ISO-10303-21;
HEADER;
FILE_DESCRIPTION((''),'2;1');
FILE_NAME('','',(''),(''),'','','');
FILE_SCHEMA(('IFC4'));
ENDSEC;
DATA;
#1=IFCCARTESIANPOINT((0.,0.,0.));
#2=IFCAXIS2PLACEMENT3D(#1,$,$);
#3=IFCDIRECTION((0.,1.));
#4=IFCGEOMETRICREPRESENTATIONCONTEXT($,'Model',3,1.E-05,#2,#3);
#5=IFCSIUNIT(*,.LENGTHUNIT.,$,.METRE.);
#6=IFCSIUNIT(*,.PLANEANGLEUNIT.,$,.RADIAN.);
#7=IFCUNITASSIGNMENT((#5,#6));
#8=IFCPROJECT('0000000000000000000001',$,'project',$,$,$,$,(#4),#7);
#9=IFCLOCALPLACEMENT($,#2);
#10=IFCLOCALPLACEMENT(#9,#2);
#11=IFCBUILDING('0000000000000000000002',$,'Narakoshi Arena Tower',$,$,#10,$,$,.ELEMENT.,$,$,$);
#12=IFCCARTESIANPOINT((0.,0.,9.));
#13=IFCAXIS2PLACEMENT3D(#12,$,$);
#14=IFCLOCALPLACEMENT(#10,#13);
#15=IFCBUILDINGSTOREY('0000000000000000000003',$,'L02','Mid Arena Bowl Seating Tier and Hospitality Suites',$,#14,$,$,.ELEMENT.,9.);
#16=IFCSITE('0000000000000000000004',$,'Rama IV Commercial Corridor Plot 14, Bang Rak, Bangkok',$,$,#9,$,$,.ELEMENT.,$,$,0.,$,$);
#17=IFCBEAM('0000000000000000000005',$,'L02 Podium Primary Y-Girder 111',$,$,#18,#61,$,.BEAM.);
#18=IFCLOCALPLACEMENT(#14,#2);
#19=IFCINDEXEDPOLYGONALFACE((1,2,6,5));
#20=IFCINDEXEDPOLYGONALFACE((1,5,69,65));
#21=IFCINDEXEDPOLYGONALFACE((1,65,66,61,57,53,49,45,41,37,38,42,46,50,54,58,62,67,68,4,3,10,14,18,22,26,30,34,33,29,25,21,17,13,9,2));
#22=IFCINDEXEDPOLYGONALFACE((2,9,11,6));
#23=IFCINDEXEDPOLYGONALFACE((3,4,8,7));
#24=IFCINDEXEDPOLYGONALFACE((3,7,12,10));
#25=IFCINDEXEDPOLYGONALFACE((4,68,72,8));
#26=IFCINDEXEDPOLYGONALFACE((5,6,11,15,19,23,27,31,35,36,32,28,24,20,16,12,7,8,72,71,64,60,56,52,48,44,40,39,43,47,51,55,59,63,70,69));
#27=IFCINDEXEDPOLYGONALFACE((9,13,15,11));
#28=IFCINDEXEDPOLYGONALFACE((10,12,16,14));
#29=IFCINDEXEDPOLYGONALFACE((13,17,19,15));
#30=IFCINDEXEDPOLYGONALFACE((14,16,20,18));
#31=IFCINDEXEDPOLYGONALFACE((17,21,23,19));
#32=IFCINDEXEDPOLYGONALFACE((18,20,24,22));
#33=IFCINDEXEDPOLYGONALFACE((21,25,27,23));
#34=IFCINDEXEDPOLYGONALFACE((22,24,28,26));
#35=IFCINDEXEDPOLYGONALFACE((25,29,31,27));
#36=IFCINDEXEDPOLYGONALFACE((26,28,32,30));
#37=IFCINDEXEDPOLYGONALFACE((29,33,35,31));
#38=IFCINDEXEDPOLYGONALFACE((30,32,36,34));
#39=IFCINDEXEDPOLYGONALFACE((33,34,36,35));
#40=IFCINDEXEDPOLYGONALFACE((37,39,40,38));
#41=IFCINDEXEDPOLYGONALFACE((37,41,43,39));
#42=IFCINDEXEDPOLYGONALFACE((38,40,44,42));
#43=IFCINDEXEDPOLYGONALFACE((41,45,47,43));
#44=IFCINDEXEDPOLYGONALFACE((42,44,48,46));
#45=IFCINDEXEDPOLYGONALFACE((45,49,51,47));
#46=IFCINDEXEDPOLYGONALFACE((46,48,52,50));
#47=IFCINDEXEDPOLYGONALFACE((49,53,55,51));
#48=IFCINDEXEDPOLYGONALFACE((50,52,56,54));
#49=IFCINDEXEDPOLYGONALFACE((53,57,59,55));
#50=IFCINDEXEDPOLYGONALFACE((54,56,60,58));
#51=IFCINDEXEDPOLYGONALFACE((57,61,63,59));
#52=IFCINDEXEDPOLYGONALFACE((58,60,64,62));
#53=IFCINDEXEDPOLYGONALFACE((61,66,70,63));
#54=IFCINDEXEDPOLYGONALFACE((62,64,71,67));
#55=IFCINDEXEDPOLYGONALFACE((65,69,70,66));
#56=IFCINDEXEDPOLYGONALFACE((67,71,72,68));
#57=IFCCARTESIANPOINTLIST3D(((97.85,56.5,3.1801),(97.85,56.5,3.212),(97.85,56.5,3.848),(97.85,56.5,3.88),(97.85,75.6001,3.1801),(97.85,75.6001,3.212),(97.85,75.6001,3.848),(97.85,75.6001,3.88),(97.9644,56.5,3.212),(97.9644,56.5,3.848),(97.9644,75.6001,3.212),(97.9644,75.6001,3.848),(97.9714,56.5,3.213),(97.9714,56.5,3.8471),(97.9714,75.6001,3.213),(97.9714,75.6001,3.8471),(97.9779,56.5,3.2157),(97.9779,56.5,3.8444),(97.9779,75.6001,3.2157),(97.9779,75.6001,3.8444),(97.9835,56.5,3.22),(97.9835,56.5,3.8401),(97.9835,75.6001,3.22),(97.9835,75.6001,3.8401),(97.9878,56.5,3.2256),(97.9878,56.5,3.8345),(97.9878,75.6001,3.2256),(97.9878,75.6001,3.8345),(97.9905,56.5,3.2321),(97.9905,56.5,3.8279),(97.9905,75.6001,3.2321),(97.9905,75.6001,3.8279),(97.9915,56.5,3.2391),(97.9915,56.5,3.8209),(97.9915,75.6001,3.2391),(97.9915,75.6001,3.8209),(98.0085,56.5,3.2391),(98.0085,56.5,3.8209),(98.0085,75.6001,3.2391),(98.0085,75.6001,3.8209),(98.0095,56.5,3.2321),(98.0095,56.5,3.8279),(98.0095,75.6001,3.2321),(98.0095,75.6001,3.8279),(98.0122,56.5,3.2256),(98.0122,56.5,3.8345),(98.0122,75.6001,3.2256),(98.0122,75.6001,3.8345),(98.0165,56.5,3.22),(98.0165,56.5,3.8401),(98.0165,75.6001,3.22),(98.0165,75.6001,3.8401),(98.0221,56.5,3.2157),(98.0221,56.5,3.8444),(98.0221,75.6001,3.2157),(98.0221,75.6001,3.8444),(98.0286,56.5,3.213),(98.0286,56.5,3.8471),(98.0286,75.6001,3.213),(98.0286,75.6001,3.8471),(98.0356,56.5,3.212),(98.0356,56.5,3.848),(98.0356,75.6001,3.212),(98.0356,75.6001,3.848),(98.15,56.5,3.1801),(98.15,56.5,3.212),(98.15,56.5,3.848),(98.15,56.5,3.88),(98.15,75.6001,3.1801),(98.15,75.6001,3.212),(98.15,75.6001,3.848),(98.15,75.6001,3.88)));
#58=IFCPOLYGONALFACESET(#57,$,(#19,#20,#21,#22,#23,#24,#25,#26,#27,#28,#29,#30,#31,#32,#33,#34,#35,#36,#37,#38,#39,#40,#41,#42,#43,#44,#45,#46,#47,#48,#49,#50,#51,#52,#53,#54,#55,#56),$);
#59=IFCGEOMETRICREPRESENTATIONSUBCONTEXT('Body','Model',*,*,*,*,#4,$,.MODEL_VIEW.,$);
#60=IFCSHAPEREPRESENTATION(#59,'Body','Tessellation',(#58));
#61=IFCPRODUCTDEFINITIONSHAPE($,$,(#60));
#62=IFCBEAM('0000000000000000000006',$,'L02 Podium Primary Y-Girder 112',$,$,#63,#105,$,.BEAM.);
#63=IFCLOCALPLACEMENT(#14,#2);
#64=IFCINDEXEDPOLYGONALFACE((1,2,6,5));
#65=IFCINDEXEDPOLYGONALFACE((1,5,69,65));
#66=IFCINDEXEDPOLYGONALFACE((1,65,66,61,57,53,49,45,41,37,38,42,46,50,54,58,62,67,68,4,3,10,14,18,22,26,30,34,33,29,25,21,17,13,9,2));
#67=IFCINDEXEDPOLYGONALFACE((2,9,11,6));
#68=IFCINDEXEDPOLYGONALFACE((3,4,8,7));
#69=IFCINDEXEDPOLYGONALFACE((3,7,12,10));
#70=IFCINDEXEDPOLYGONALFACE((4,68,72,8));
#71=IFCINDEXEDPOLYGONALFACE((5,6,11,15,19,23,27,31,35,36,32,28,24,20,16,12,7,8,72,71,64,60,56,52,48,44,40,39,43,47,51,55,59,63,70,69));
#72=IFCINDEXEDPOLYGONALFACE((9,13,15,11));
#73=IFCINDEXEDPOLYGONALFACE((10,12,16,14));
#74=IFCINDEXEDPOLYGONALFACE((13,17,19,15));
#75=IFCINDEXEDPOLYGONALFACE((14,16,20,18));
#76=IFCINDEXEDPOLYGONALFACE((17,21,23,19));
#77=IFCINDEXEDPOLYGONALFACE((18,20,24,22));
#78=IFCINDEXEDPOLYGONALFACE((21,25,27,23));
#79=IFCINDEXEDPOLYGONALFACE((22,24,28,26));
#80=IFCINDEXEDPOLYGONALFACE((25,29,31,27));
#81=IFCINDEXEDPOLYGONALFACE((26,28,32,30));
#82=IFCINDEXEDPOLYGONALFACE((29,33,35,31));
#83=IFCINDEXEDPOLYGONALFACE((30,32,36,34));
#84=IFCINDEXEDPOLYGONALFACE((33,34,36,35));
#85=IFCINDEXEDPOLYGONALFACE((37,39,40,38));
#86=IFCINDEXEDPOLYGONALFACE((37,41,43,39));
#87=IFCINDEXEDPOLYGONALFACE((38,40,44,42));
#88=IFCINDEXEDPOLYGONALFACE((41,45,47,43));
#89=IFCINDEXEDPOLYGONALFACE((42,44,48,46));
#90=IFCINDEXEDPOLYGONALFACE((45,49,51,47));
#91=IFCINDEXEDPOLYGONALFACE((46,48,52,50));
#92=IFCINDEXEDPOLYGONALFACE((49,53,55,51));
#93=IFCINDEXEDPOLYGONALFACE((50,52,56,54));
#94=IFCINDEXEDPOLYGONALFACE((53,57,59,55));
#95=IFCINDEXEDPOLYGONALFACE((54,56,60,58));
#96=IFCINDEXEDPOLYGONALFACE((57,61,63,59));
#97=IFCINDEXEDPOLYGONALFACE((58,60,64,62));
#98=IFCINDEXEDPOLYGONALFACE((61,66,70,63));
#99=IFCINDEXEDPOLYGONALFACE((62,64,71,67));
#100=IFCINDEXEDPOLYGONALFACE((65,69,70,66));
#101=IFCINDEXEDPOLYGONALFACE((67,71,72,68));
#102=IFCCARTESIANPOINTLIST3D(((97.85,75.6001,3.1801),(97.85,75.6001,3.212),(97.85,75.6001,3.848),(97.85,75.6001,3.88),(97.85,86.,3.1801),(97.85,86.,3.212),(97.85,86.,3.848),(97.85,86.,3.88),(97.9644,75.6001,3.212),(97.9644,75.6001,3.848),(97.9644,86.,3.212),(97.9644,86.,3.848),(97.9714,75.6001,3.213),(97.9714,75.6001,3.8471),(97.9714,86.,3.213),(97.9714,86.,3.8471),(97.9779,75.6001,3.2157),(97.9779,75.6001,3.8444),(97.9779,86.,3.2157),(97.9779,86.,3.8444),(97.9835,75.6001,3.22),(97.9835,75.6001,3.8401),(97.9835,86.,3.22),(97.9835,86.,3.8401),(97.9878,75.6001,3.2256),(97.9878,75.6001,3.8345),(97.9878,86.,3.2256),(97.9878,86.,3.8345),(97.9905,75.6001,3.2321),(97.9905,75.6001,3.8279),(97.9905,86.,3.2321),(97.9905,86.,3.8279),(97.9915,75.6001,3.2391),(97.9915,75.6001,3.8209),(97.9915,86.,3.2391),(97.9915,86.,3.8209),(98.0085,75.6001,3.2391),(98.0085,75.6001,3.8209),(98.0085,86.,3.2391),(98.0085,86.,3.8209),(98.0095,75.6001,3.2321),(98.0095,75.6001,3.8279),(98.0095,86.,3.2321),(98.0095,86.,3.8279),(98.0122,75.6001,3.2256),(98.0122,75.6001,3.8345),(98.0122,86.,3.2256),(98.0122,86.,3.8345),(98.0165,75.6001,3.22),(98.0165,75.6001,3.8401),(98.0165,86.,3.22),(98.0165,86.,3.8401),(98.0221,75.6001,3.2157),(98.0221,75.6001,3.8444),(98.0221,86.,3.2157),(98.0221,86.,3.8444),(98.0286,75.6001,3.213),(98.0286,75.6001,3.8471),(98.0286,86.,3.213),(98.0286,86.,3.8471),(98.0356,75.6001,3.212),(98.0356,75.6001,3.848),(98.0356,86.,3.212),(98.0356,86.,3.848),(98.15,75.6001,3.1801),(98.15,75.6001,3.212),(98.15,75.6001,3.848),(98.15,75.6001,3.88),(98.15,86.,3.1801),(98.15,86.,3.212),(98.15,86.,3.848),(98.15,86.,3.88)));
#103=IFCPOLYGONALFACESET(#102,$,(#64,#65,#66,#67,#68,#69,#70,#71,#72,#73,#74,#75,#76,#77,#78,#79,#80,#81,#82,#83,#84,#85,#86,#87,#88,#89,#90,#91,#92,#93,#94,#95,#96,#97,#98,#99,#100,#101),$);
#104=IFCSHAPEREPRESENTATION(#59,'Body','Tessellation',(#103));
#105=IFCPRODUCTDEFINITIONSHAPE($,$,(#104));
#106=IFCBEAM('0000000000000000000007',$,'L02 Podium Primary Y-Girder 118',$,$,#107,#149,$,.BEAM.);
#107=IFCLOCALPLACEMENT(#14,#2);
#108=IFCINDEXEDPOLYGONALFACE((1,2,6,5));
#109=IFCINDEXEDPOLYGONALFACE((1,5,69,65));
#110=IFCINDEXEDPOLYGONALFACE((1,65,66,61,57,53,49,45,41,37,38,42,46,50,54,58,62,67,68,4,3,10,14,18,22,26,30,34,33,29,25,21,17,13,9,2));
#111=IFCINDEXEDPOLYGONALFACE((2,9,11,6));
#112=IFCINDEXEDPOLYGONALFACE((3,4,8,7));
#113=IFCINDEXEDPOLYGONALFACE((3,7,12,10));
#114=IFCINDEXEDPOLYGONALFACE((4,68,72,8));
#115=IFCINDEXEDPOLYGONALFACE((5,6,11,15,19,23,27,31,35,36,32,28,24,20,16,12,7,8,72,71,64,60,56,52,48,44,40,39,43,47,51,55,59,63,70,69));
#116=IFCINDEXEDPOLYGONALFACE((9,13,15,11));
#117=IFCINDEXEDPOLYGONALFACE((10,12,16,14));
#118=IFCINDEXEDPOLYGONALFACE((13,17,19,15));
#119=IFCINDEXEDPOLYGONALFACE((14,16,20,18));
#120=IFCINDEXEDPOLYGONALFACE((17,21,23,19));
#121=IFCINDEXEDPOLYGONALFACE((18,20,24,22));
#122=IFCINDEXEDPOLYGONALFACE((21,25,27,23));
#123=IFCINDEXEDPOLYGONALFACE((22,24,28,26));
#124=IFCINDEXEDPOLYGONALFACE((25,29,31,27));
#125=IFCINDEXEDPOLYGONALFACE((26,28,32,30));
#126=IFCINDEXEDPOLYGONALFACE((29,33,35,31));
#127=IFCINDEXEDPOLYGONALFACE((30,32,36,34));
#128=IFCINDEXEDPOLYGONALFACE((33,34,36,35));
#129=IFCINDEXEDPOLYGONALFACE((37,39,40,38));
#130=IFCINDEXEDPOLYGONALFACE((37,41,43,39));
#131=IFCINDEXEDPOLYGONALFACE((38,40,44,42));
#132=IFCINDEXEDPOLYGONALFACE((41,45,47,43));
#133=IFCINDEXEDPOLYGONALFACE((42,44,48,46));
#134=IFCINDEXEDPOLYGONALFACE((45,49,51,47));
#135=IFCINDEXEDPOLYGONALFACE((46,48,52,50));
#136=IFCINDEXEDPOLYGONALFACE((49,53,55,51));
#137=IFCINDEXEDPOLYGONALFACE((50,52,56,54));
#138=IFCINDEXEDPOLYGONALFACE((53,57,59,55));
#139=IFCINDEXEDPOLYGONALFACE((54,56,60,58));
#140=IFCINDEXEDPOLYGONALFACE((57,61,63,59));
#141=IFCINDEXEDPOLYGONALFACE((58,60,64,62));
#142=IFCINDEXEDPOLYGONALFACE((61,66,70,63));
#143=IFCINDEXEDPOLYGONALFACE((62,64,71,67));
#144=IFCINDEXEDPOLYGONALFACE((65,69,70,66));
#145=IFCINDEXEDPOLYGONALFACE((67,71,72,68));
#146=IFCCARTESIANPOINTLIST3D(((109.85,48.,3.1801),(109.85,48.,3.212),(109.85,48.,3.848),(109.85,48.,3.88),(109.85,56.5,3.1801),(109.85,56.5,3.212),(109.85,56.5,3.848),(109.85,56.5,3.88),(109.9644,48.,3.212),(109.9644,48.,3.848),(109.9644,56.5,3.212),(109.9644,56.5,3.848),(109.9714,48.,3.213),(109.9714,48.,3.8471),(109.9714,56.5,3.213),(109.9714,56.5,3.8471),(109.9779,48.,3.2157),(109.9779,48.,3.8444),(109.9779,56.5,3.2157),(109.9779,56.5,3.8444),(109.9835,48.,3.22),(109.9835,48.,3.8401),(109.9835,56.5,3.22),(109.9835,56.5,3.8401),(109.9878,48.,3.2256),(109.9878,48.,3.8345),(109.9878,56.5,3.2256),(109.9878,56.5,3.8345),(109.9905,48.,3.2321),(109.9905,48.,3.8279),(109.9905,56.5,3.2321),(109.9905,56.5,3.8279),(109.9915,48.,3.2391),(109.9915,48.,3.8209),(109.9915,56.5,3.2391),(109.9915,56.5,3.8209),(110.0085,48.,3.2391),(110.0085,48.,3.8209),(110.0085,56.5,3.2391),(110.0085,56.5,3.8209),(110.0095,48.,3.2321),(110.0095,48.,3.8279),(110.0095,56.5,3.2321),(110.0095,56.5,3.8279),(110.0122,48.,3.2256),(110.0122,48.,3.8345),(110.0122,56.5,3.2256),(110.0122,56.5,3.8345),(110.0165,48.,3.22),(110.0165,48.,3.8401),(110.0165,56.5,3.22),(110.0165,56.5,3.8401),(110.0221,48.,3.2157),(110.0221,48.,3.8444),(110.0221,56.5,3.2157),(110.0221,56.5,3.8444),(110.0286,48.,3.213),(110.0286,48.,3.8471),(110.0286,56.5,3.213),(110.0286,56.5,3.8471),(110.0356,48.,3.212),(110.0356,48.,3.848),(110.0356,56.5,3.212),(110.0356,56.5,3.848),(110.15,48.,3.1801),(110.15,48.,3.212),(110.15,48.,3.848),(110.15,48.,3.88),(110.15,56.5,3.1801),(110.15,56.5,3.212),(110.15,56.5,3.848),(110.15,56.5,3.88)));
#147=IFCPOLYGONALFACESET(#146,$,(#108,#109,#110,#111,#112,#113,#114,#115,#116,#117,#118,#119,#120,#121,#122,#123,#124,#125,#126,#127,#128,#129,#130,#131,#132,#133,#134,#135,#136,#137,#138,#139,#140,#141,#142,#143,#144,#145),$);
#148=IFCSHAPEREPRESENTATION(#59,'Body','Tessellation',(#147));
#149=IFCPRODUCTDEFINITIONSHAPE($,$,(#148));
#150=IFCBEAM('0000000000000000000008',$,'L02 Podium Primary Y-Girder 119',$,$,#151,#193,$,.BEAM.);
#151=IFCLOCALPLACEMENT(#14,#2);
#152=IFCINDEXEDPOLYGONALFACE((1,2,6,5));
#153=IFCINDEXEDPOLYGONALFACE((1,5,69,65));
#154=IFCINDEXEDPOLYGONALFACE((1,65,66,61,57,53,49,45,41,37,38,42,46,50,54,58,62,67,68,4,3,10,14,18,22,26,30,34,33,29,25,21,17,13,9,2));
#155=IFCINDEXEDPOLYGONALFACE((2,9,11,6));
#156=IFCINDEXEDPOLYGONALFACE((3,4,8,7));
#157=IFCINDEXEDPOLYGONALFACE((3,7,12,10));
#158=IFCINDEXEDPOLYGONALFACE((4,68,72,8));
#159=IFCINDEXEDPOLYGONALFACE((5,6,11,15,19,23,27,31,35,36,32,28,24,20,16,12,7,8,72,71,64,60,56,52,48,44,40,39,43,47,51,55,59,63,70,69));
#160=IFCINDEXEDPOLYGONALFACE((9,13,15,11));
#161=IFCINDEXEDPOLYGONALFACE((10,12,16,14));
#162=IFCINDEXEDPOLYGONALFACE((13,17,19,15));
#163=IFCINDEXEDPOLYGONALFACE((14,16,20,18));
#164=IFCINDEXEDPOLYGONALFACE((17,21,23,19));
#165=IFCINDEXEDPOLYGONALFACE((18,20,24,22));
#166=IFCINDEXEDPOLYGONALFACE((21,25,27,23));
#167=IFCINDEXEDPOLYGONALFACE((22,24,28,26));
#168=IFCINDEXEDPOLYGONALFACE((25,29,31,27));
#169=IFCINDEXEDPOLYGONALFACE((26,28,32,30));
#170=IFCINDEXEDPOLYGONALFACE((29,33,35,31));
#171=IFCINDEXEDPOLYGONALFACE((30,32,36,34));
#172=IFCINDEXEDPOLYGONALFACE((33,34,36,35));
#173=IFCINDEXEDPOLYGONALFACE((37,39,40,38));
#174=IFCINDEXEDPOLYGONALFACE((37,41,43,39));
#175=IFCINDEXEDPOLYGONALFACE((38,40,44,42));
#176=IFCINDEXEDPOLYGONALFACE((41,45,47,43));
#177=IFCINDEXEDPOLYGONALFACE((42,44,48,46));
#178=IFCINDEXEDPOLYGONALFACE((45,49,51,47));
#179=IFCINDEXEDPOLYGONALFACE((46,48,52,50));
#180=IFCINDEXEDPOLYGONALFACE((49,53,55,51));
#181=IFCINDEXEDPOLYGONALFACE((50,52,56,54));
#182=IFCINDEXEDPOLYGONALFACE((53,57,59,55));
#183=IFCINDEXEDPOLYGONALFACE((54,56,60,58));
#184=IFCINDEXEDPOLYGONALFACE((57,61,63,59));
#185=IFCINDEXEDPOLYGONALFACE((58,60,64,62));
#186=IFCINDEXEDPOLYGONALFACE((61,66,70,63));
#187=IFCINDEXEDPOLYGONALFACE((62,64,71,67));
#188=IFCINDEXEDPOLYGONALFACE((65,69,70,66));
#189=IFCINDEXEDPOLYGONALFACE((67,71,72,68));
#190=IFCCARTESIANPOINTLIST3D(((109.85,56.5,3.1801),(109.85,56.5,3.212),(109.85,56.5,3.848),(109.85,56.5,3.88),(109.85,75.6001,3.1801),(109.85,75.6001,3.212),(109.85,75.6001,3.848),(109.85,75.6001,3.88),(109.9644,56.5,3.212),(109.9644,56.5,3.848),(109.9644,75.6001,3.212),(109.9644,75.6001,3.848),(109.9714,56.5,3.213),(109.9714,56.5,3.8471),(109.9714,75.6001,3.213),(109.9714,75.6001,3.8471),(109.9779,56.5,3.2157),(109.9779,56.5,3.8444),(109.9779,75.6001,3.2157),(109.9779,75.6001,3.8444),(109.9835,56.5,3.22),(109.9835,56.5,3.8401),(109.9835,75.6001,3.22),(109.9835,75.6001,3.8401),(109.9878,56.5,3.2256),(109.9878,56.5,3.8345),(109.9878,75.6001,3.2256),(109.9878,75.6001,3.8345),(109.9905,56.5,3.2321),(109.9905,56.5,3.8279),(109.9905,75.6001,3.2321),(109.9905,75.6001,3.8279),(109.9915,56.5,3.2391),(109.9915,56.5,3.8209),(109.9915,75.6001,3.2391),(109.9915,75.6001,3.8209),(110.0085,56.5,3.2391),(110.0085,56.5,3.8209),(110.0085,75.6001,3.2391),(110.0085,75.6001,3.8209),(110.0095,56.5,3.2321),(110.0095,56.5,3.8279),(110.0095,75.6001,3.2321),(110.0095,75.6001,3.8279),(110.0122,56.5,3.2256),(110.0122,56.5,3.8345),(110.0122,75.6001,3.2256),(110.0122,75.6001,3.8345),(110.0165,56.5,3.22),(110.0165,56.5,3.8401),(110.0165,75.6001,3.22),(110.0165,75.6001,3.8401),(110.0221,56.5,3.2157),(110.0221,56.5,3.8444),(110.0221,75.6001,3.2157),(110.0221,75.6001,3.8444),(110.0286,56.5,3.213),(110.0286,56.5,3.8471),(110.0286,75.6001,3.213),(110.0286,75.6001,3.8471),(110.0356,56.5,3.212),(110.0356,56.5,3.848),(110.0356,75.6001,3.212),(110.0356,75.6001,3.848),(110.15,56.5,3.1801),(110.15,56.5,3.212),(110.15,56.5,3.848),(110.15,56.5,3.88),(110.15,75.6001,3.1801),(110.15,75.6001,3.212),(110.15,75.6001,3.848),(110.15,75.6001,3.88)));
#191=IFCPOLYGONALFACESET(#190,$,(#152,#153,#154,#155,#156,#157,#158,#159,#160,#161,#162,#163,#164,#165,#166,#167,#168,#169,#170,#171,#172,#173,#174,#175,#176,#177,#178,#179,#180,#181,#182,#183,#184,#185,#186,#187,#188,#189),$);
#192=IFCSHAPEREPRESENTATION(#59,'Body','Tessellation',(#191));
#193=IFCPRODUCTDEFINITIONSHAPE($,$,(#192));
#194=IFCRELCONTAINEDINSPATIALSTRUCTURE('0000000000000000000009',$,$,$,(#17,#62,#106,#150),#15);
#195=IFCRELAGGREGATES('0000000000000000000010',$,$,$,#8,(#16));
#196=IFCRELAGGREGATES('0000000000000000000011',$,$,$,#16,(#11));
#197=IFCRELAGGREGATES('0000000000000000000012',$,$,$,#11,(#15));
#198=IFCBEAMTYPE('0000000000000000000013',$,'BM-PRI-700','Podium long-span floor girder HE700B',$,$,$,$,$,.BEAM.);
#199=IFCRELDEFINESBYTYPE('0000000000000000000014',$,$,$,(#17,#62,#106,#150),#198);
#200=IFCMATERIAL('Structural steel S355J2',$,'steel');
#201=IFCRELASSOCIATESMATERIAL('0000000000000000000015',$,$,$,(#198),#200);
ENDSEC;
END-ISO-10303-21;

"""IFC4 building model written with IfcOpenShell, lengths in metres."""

from ifc_helpers import new_model, si_unit, direction, frame, origin, origin_2d, place, context, subcontext, project, spatial, i_section, extrude, material, material_profile, profile_set, type_object, element, save


model = new_model("IFC4")

# Units and contexts
model_context = context("Model", 3, precision=1e-05, world=origin(), true_north=direction((0.0, 1.0)))
body_context = subcontext(model_context, "Body", "Model", "MODEL_VIEW")
ifc_project = project(units=[si_unit("LENGTHUNIT", "METRE"), si_unit("PLANEANGLEUNIT", "RADIAN")], contexts=[model_context])

# Site, building, storey
site_placement = place(None, origin())
site = spatial("IfcSite", under=ifc_project, at=site_placement, Name="Rama IV Commercial Corridor Plot 14, Bang Rak, Bangkok", CompositionType="ELEMENT", RefElevation=0.0)
building_placement = place(site_placement, origin())
building = spatial("IfcBuilding", under=site, at=building_placement, Name="Narakoshi Arena Tower", CompositionType="ELEMENT")
storey_placement = place(building_placement, frame((0.0, 0.0, 9.0)))
storey = spatial("IfcBuildingStorey", under=building, at=storey_placement, Name="L02", Description="Mid Arena Bowl Seating Tier and Hospitality Suites", CompositionType="ELEMENT", Elevation=9.0)

# Beams
ifc_material_1 = material(Name="Structural steel S355J2", Category="steel")
ifc_material_profile_1 = material_profile(ifc_material_1, i_section(OverallWidth=0.3, OverallDepth=0.7, WebThickness=0.0171, FlangeThickness=0.032, FilletRadius=0.0271, at=origin_2d()), Name="HE700B")
ifc_profile_set_1 = profile_set([ifc_material_profile_1], Name="Structural steel S355J2")
beam_type_1 = type_object("IfcBeamType", Name="BM-PRI-700", Description="Podium long-span floor girder HE700B", PredefinedType="BEAM", material=ifc_profile_set_1)
beam_1_placement = place(storey_placement, frame((98.0, 56.5, 3.53), z_axis=(0.0, 1.0, 0.0), x_axis=(-1.0, 0.0, 0.0)))
element("IfcBeam", 1, at=beam_1_placement, inside=storey, type_object=beam_type_1, Name="L02 Podium Primary Y-Girder 111", PredefinedType="BEAM", context=body_context, shape_type="SweptSolid", body=[
    extrude(i_section(OverallWidth=0.3, OverallDepth=0.7, WebThickness=0.0171, FlangeThickness=0.032, FilletRadius=0.0271, at=origin_2d()), origin(), (0.0, 0.0, 1.0), 19.1001),
])
beam_2_placement = place(storey_placement, frame((98.0, 75.6001, 3.53), z_axis=(0.0, 1.0, 0.0), x_axis=(-1.0, 0.0, 0.0)))
element("IfcBeam", 2, at=beam_2_placement, inside=storey, type_object=beam_type_1, Name="L02 Podium Primary Y-Girder 112", PredefinedType="BEAM", context=body_context, shape_type="SweptSolid", body=[
    extrude(i_section(OverallWidth=0.3, OverallDepth=0.7, WebThickness=0.0171, FlangeThickness=0.032, FilletRadius=0.0271, at=origin_2d()), origin(), (0.0, 0.0, 1.0), 10.3999),
])
beam_3_placement = place(storey_placement, frame((110.0, 48.0, 3.53), z_axis=(0.0, 1.0, 0.0), x_axis=(-1.0, 0.0, 0.0)))
element("IfcBeam", 3, at=beam_3_placement, inside=storey, type_object=beam_type_1, Name="L02 Podium Primary Y-Girder 118", PredefinedType="BEAM", context=body_context, shape_type="SweptSolid", body=[
    extrude(i_section(OverallWidth=0.3, OverallDepth=0.7, WebThickness=0.0171, FlangeThickness=0.032, FilletRadius=0.0271, at=origin_2d()), origin(), (0.0, 0.0, 1.0), 8.5),
])
beam_4_placement = place(storey_placement, frame((110.0, 56.5, 3.53), z_axis=(0.0, 1.0, 0.0), x_axis=(-1.0, 0.0, 0.0)))
element("IfcBeam", 4, at=beam_4_placement, inside=storey, type_object=beam_type_1, Name="L02 Podium Primary Y-Girder 119", PredefinedType="BEAM", context=body_context, shape_type="SweptSolid", body=[
    extrude(i_section(OverallWidth=0.3, OverallDepth=0.7, WebThickness=0.0171, FlangeThickness=0.032, FilletRadius=0.0271, at=origin_2d()), origin(), (0.0, 0.0, 1.0), 19.1001),
])

save(model, "model.ifc")
